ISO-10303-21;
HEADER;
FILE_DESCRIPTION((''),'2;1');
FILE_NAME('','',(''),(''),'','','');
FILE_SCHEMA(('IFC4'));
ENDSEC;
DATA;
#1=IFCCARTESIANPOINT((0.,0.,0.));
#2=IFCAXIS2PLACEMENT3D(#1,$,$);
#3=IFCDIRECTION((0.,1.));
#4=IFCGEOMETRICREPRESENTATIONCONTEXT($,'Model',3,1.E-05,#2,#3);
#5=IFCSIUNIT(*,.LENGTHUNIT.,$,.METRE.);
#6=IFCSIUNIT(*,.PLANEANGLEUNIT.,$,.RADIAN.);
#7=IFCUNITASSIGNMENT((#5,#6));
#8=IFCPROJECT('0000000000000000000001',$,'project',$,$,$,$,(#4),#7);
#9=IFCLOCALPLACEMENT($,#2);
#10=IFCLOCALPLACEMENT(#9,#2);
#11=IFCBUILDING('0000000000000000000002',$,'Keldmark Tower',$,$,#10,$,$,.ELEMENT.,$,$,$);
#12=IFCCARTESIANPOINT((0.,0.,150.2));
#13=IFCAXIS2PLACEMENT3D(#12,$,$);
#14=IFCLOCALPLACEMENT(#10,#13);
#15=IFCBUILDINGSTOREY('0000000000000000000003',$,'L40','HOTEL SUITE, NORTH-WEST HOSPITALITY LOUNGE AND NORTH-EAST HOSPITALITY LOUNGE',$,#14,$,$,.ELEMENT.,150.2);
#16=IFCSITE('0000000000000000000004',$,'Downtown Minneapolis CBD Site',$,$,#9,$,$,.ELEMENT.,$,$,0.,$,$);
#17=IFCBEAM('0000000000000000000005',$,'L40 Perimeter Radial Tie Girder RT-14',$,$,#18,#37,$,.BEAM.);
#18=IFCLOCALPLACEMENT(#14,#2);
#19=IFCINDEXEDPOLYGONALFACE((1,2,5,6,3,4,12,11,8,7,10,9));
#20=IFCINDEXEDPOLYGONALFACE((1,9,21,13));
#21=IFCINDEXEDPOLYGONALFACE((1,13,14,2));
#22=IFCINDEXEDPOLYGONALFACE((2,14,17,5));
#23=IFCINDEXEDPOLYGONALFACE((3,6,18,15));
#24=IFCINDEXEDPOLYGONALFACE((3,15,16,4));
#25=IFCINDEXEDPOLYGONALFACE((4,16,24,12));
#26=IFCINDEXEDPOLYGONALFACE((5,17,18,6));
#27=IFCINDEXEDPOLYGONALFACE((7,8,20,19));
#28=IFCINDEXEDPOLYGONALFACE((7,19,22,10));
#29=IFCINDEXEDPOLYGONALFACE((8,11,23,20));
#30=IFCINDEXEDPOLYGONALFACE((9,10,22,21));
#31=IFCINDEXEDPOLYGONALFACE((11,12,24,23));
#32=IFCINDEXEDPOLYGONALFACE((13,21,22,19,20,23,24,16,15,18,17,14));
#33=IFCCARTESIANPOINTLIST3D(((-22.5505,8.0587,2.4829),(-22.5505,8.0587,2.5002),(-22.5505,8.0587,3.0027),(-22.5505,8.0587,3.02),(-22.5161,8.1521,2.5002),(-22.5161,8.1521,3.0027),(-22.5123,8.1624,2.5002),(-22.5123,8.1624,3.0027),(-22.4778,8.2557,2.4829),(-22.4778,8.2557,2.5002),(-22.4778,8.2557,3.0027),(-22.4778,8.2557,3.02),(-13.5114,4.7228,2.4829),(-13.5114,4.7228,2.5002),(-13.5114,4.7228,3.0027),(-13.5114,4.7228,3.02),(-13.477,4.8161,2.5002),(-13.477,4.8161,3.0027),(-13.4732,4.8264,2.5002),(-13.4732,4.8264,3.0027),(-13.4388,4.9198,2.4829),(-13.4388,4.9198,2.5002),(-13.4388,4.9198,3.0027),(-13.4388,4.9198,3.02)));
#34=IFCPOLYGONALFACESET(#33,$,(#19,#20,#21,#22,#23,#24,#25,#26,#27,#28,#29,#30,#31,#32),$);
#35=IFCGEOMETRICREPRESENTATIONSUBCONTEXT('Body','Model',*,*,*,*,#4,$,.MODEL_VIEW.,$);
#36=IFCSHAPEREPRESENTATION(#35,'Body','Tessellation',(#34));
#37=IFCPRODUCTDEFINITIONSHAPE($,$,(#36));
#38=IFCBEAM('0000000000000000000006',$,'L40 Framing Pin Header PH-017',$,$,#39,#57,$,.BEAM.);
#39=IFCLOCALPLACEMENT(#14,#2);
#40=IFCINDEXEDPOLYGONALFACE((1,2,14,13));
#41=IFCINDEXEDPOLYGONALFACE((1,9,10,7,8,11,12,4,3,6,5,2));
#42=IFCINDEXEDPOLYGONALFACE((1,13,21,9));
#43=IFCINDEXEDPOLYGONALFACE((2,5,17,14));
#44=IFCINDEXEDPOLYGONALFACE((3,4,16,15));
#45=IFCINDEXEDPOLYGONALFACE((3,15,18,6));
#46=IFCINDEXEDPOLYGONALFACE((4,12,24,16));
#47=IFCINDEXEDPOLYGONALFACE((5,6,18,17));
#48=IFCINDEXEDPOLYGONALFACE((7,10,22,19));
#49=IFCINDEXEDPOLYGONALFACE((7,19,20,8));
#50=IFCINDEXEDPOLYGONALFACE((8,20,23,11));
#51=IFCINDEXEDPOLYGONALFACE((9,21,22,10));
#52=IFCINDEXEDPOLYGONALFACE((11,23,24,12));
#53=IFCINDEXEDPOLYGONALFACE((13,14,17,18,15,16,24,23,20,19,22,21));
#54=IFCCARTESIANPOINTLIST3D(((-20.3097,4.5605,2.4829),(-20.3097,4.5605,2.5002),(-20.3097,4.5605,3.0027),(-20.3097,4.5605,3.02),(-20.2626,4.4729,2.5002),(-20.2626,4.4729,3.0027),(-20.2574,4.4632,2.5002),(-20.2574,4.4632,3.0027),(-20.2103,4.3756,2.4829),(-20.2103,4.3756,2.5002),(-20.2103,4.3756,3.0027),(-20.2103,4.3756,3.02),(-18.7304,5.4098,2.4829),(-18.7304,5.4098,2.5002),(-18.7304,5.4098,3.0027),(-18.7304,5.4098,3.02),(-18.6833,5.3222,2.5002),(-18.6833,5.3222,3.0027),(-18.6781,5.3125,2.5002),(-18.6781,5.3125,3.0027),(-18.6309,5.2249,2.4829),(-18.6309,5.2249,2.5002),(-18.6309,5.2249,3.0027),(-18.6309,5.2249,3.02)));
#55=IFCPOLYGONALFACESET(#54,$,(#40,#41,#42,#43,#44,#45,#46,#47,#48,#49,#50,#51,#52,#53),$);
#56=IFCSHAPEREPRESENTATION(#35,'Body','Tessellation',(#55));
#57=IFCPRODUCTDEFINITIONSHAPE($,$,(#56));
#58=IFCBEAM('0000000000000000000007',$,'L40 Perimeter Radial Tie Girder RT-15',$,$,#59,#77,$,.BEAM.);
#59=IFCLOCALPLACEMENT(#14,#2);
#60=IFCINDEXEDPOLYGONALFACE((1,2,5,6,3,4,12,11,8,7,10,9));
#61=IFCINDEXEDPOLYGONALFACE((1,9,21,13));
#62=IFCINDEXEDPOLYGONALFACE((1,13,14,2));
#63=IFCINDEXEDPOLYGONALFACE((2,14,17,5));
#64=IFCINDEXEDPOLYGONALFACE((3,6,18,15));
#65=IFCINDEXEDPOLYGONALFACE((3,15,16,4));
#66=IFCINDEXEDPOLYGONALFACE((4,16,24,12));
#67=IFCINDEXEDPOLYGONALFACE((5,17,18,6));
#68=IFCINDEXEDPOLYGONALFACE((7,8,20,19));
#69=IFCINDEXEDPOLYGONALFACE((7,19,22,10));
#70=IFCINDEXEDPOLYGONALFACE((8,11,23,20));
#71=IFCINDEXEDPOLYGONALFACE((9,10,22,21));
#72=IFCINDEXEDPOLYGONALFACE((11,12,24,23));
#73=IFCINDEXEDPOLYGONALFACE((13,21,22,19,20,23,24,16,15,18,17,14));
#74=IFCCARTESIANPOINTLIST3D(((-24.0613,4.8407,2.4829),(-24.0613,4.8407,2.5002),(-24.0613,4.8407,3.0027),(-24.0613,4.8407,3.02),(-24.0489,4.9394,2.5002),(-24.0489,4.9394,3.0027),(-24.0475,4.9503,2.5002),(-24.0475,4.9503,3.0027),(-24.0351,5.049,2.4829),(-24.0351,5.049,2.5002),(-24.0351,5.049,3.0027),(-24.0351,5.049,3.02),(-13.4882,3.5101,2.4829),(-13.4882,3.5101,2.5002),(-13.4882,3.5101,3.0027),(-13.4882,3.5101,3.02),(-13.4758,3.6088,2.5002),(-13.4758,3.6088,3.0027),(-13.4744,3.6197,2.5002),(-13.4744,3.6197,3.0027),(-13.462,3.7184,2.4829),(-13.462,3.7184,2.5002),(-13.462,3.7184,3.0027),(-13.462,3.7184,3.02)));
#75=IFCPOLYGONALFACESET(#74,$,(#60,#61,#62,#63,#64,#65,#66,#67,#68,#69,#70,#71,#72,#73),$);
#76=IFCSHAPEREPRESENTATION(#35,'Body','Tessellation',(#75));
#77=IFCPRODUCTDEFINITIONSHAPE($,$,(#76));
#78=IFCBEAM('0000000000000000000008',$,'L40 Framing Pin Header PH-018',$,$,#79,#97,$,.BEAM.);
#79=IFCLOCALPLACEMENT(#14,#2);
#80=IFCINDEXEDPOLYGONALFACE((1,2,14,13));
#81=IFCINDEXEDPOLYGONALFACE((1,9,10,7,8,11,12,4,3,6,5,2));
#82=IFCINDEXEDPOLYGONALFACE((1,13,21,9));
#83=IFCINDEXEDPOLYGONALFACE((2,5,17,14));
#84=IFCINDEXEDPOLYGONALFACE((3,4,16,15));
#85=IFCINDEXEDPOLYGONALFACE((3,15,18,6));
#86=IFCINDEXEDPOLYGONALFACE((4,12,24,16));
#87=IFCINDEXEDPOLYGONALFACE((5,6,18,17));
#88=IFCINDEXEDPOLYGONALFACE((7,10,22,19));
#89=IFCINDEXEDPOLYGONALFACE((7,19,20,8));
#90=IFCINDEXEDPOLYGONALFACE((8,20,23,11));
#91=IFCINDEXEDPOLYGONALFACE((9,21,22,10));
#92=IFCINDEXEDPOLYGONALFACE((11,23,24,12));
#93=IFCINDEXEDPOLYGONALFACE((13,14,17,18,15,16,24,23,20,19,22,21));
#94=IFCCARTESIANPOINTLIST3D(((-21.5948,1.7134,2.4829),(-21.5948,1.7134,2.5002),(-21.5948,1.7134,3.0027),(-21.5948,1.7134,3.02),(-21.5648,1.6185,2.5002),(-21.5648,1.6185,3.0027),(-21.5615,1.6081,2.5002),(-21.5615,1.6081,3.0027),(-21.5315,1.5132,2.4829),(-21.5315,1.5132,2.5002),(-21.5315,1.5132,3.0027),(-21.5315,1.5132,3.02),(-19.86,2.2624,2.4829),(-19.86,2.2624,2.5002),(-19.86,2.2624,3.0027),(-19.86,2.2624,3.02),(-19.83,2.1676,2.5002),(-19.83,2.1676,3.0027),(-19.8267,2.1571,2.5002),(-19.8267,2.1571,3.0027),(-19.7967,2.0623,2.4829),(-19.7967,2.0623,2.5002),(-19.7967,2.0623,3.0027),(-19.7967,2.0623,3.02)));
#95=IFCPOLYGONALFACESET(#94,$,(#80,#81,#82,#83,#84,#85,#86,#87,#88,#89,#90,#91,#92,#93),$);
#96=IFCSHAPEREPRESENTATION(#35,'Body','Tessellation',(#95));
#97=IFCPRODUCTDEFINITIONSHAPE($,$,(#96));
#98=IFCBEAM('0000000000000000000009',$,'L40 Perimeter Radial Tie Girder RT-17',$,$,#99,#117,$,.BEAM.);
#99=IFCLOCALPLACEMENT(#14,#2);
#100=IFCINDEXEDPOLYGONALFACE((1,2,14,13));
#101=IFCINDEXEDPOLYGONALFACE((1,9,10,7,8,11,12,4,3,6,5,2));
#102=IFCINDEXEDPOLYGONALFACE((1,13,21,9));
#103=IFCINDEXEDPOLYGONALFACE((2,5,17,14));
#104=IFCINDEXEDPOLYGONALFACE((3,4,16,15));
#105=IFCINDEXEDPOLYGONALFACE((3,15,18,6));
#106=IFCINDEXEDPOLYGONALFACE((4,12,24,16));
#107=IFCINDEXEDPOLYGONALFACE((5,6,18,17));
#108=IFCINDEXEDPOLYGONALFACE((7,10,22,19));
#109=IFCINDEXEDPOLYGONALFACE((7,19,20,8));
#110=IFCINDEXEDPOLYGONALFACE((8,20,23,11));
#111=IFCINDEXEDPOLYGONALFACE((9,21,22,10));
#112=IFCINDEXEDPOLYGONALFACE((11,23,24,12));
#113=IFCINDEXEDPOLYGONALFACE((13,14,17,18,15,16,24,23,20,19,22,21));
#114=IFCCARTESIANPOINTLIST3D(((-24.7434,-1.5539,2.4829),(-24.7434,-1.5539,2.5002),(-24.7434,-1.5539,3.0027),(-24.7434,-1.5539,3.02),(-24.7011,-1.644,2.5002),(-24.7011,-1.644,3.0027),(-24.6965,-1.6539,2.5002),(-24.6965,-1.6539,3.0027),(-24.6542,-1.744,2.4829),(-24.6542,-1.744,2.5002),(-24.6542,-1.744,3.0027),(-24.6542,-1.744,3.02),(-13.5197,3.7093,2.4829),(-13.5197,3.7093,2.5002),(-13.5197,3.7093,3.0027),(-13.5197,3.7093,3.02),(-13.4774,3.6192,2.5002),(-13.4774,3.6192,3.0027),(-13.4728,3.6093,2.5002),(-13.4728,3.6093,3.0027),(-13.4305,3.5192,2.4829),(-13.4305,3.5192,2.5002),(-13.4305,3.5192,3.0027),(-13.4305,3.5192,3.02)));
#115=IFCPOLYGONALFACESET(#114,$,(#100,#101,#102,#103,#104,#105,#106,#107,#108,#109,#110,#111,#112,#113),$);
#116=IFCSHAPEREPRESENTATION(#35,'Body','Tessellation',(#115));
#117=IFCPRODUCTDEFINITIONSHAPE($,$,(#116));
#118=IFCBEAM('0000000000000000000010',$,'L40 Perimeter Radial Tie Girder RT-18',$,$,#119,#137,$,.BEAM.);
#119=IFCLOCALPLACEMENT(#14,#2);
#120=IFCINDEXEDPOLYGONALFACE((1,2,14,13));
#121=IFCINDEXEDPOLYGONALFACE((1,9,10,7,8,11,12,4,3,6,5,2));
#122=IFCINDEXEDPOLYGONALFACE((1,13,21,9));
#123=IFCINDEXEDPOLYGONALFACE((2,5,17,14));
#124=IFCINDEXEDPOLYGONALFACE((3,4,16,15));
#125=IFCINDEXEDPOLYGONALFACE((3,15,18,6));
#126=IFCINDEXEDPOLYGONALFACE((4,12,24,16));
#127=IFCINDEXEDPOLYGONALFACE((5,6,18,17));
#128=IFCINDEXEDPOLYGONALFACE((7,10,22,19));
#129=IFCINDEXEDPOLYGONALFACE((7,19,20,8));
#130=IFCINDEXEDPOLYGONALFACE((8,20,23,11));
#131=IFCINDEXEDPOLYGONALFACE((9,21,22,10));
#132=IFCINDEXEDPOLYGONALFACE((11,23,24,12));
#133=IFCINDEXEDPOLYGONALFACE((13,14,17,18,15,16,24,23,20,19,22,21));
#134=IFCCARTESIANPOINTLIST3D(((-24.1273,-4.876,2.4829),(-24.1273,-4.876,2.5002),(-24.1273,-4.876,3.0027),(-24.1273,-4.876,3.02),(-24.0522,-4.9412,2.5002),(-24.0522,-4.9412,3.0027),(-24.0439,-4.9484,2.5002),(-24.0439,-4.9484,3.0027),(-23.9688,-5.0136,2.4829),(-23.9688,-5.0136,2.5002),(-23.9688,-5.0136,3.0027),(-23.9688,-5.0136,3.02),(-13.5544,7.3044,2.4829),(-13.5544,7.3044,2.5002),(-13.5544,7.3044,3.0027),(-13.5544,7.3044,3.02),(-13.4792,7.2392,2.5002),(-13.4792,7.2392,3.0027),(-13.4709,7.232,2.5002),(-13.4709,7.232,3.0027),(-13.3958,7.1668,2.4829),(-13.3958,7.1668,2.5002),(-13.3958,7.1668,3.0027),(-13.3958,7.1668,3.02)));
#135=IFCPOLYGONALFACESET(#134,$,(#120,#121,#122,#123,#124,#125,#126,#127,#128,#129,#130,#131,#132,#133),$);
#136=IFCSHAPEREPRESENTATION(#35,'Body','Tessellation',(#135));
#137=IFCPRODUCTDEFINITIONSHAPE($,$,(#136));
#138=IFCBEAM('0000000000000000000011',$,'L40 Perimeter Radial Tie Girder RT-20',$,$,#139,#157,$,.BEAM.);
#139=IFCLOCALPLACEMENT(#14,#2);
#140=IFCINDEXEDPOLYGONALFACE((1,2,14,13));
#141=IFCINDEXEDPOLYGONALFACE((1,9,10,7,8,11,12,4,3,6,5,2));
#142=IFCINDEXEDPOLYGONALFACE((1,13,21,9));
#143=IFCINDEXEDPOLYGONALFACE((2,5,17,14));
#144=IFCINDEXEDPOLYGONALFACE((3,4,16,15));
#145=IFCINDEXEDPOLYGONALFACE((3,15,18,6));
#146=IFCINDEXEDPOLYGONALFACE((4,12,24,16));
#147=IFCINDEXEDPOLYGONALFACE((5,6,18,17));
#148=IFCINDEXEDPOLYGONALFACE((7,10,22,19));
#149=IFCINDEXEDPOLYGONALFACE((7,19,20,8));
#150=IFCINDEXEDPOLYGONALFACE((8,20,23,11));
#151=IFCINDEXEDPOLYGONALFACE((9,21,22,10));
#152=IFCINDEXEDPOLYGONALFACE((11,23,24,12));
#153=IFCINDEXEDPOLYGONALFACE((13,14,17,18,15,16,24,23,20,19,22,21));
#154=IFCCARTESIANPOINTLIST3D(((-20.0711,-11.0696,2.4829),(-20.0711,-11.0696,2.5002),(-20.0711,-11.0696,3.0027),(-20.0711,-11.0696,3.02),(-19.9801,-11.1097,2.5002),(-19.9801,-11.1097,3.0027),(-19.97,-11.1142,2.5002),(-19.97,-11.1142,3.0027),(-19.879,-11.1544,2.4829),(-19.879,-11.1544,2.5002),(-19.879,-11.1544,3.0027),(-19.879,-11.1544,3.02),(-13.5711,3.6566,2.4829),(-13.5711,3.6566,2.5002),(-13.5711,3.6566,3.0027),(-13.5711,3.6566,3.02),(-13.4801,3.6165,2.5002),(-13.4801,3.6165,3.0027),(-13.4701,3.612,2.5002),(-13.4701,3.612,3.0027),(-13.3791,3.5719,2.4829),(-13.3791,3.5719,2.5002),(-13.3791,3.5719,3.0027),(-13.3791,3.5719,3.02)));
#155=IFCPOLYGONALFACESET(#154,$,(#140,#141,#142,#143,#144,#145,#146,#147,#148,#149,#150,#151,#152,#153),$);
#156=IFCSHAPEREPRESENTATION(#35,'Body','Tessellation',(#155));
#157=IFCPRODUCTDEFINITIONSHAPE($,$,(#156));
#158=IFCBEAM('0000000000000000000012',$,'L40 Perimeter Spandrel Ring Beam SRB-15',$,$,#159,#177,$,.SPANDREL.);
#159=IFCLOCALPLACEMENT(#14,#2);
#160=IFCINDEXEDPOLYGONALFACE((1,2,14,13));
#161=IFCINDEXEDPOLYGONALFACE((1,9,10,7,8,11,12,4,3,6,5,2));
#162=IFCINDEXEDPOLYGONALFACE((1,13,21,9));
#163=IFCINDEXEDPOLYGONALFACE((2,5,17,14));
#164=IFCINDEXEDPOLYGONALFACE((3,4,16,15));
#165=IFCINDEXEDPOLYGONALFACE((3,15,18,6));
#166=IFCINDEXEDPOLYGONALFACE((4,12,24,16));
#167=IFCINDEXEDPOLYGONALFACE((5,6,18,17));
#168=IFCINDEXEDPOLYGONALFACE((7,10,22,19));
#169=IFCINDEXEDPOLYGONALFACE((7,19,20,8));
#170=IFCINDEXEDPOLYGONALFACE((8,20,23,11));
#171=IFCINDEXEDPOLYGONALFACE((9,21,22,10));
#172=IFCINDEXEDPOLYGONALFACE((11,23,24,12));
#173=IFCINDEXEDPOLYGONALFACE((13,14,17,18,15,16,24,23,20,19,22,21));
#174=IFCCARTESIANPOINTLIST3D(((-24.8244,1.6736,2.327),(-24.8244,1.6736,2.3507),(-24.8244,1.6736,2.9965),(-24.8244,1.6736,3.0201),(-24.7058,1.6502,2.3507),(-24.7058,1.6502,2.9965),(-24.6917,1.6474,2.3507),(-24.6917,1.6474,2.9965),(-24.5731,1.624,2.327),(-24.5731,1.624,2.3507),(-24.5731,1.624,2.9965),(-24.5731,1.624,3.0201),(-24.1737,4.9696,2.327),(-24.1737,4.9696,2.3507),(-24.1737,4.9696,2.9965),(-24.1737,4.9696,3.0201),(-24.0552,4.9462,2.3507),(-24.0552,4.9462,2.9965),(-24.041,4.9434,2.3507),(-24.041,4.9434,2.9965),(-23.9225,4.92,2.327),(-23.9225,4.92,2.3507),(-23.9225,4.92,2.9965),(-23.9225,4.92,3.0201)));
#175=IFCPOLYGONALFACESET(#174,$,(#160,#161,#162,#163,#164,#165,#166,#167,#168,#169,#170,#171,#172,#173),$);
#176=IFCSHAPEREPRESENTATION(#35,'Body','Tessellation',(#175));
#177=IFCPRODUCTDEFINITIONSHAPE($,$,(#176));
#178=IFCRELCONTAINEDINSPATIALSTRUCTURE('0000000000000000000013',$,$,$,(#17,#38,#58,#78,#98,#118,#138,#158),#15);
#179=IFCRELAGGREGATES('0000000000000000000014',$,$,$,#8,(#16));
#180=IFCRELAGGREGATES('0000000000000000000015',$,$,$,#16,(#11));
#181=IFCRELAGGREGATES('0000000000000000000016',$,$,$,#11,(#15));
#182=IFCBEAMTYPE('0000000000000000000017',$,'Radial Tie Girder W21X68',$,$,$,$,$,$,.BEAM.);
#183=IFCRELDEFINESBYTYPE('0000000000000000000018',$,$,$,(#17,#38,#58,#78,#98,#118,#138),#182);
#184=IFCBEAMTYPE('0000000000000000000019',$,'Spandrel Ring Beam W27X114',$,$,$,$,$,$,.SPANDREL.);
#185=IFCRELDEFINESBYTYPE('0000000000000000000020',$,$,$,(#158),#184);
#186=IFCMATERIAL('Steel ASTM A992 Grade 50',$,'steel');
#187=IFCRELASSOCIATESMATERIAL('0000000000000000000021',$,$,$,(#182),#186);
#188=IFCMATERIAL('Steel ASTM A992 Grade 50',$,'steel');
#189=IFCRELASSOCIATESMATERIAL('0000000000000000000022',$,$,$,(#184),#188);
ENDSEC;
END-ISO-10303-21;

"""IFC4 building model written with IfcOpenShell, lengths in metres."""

from ifc_helpers import new_model, si_unit, direction, frame, origin, origin_2d, place, context, subcontext, project, spatial, i_section, extrude, material, material_profile, profile_set, type_object, element, save


model = new_model("IFC4")

# Units and contexts
model_context = context("Model", 3, precision=1e-05, world=origin(), true_north=direction((0.0, 1.0)))
body_context = subcontext(model_context, "Body", "Model", "MODEL_VIEW")
ifc_project = project(units=[si_unit("LENGTHUNIT", "METRE"), si_unit("PLANEANGLEUNIT", "RADIAN")], contexts=[model_context])

# Site, building, storey
site_placement = place(None, origin())
site = spatial("IfcSite", under=ifc_project, at=site_placement, Name="Downtown Minneapolis CBD Site", CompositionType="ELEMENT", RefElevation=0.0)
building_placement = place(site_placement, origin())
building = spatial("IfcBuilding", under=site, at=building_placement, Name="Keldmark Tower", CompositionType="ELEMENT")
storey_placement = place(building_placement, frame((0.0, 0.0, 150.2)))
storey = spatial("IfcBuildingStorey", under=building, at=storey_placement, Name="L40", Description="HOTEL SUITE, NORTH-WEST HOSPITALITY LOUNGE AND NORTH-EAST HOSPITALITY LOUNGE", CompositionType="ELEMENT", Elevation=150.2)

# Beams
ifc_material_1 = material(Name="Steel ASTM A992 Grade 50", Category="steel")
ifc_material_profile_1 = material_profile(ifc_material_1, i_section(OverallWidth=0.21, OverallDepth=0.5371, WebThickness=0.011, FlangeThickness=0.0173, at=origin_2d()), Name="W21X68")
ifc_profile_set_1 = profile_set([ifc_material_profile_1], Name="Steel ASTM A992 Grade 50")
beam_type_1 = type_object("IfcBeamType", Name="Radial Tie Girder W21X68", PredefinedType="BEAM", material=ifc_profile_set_1)
beam_1_placement = place(storey_placement, frame((-13.4751, 4.8213, 2.7515), z_axis=(-0.938149, 0.346231, 0.0), x_axis=(-0.346231, -0.938149, 0.0)))
element("IfcBeam", 1, at=beam_1_placement, inside=storey, type_object=beam_type_1, Name="L40 Perimeter Radial Tie Girder RT-14", PredefinedType="BEAM", context=body_context, shape_type="SweptSolid", body=[
    extrude(i_section(OverallWidth=0.21, OverallDepth=0.5371, WebThickness=0.011, FlangeThickness=0.0173, at=origin_2d()), origin(), (0.0, 0.0, 1.0), 9.635),
])
beam_2_placement = place(storey_placement, frame((-18.6807, 5.3174, 2.7515), z_axis=(-0.880716, -0.473645, 0.0), x_axis=(0.473645, -0.880716, 0.0)))
element("IfcBeam", 2, at=beam_2_placement, inside=storey, type_object=beam_type_1, Name="L40 Framing Pin Header PH-017", PredefinedType="BEAM", context=body_context, shape_type="SweptSolid", body=[
    extrude(i_section(OverallWidth=0.21, OverallDepth=0.5371, WebThickness=0.011, FlangeThickness=0.0173, at=origin_2d()), origin(), (0.0, 0.0, 1.0), 1.7932),
])
beam_3_placement = place(storey_placement, frame((-13.4751, 3.6143, 2.7515), z_axis=(-0.992174, 0.124861, 0.0), x_axis=(-0.124861, -0.992174, 0.0)))
element("IfcBeam", 3, at=beam_3_placement, inside=storey, type_object=beam_type_1, Name="L40 Perimeter Radial Tie Girder RT-15", PredefinedType="BEAM", context=body_context, shape_type="SweptSolid", body=[
    extrude(i_section(OverallWidth=0.21, OverallDepth=0.5371, WebThickness=0.011, FlangeThickness=0.0173, at=origin_2d()), origin(), (0.0, 0.0, 1.0), 10.6565),
])
beam_4_placement = place(storey_placement, frame((-19.8284, 2.1624, 2.7515), z_axis=(-0.95339, -0.301741, 0.0), x_axis=(0.301741, -0.95339, 0.0)))
element("IfcBeam", 4, at=beam_4_placement, inside=storey, type_object=beam_type_1, Name="L40 Framing Pin Header PH-018", PredefinedType="BEAM", context=body_context, shape_type="SweptSolid", body=[
    extrude(i_section(OverallWidth=0.21, OverallDepth=0.5371, WebThickness=0.011, FlangeThickness=0.0173, at=origin_2d()), origin(), (0.0, 0.0, 1.0), 1.8196),
])
beam_5_placement = place(storey_placement, frame((-13.4751, 3.6143, 2.7515), z_axis=(-0.905394, -0.424573, 0.0), x_axis=(0.424573, -0.905394, 0.0)))
element("IfcBeam", 5, at=beam_5_placement, inside=storey, type_object=beam_type_1, Name="L40 Perimeter Radial Tie Girder RT-17", PredefinedType="BEAM", context=body_context, shape_type="SweptSolid", body=[
    extrude(i_section(OverallWidth=0.21, OverallDepth=0.5371, WebThickness=0.011, FlangeThickness=0.0173, at=origin_2d()), origin(), (0.0, 0.0, 1.0), 12.3965),
])
beam_6_placement = place(storey_placement, frame((-13.4751, 7.2356, 2.7515), z_axis=(-0.655519, -0.755178, 0.0), x_axis=(0.755178, -0.655519, 0.0)))
element("IfcBeam", 6, at=beam_6_placement, inside=storey, type_object=beam_type_1, Name="L40 Perimeter Radial Tie Girder RT-18", PredefinedType="BEAM", context=body_context, shape_type="SweptSolid", body=[
    extrude(i_section(OverallWidth=0.21, OverallDepth=0.5371, WebThickness=0.011, FlangeThickness=0.0173, at=origin_2d()), origin(), (0.0, 0.0, 1.0), 16.1292),
])
beam_7_placement = place(storey_placement, frame((-13.4751, 3.6143, 2.7515), z_axis=(-0.403801, -0.914847, 0.0), x_axis=(0.914847, -0.403801, 0.0)))
element("IfcBeam", 7, at=beam_7_placement, inside=storey, type_object=beam_type_1, Name="L40 Perimeter Radial Tie Girder RT-20", PredefinedType="BEAM", context=body_context, shape_type="SweptSolid", body=[
    extrude(i_section(OverallWidth=0.21, OverallDepth=0.5371, WebThickness=0.011, FlangeThickness=0.0173, at=origin_2d()), origin(), (0.0, 0.0, 1.0), 16.0969),
])
ifc_material_2 = material(Name="Steel ASTM A992 Grade 50", Category="steel")
ifc_material_profile_2 = material_profile(ifc_material_2, i_section(OverallWidth=0.2561, OverallDepth=0.6931, WebThickness=0.0144, FlangeThickness=0.0237, at=origin_2d()), Name="W27X114")
ifc_profile_set_2 = profile_set([ifc_material_profile_2], Name="Steel ASTM A992 Grade 50")
beam_type_2 = type_object("IfcBeamType", Name="Spandrel Ring Beam W27X114", PredefinedType="SPANDREL", material=ifc_profile_set_2)
beam_8_placement = place(storey_placement, frame((-24.0481, 4.9448, 2.6736), z_axis=(-0.19367, -0.981067, 0.0), x_axis=(0.981067, -0.19367, 0.0)))
element("IfcBeam", 8, at=beam_8_placement, inside=storey, type_object=beam_type_2, Name="L40 Perimeter Spandrel Ring Beam SRB-15", PredefinedType="SPANDREL", context=body_context, shape_type="SweptSolid", body=[
    extrude(i_section(OverallWidth=0.2561, OverallDepth=0.6931, WebThickness=0.0144, FlangeThickness=0.0237, at=origin_2d()), origin(), (0.0, 0.0, 1.0), 3.3596),
])

save(model, "model.ifc")
